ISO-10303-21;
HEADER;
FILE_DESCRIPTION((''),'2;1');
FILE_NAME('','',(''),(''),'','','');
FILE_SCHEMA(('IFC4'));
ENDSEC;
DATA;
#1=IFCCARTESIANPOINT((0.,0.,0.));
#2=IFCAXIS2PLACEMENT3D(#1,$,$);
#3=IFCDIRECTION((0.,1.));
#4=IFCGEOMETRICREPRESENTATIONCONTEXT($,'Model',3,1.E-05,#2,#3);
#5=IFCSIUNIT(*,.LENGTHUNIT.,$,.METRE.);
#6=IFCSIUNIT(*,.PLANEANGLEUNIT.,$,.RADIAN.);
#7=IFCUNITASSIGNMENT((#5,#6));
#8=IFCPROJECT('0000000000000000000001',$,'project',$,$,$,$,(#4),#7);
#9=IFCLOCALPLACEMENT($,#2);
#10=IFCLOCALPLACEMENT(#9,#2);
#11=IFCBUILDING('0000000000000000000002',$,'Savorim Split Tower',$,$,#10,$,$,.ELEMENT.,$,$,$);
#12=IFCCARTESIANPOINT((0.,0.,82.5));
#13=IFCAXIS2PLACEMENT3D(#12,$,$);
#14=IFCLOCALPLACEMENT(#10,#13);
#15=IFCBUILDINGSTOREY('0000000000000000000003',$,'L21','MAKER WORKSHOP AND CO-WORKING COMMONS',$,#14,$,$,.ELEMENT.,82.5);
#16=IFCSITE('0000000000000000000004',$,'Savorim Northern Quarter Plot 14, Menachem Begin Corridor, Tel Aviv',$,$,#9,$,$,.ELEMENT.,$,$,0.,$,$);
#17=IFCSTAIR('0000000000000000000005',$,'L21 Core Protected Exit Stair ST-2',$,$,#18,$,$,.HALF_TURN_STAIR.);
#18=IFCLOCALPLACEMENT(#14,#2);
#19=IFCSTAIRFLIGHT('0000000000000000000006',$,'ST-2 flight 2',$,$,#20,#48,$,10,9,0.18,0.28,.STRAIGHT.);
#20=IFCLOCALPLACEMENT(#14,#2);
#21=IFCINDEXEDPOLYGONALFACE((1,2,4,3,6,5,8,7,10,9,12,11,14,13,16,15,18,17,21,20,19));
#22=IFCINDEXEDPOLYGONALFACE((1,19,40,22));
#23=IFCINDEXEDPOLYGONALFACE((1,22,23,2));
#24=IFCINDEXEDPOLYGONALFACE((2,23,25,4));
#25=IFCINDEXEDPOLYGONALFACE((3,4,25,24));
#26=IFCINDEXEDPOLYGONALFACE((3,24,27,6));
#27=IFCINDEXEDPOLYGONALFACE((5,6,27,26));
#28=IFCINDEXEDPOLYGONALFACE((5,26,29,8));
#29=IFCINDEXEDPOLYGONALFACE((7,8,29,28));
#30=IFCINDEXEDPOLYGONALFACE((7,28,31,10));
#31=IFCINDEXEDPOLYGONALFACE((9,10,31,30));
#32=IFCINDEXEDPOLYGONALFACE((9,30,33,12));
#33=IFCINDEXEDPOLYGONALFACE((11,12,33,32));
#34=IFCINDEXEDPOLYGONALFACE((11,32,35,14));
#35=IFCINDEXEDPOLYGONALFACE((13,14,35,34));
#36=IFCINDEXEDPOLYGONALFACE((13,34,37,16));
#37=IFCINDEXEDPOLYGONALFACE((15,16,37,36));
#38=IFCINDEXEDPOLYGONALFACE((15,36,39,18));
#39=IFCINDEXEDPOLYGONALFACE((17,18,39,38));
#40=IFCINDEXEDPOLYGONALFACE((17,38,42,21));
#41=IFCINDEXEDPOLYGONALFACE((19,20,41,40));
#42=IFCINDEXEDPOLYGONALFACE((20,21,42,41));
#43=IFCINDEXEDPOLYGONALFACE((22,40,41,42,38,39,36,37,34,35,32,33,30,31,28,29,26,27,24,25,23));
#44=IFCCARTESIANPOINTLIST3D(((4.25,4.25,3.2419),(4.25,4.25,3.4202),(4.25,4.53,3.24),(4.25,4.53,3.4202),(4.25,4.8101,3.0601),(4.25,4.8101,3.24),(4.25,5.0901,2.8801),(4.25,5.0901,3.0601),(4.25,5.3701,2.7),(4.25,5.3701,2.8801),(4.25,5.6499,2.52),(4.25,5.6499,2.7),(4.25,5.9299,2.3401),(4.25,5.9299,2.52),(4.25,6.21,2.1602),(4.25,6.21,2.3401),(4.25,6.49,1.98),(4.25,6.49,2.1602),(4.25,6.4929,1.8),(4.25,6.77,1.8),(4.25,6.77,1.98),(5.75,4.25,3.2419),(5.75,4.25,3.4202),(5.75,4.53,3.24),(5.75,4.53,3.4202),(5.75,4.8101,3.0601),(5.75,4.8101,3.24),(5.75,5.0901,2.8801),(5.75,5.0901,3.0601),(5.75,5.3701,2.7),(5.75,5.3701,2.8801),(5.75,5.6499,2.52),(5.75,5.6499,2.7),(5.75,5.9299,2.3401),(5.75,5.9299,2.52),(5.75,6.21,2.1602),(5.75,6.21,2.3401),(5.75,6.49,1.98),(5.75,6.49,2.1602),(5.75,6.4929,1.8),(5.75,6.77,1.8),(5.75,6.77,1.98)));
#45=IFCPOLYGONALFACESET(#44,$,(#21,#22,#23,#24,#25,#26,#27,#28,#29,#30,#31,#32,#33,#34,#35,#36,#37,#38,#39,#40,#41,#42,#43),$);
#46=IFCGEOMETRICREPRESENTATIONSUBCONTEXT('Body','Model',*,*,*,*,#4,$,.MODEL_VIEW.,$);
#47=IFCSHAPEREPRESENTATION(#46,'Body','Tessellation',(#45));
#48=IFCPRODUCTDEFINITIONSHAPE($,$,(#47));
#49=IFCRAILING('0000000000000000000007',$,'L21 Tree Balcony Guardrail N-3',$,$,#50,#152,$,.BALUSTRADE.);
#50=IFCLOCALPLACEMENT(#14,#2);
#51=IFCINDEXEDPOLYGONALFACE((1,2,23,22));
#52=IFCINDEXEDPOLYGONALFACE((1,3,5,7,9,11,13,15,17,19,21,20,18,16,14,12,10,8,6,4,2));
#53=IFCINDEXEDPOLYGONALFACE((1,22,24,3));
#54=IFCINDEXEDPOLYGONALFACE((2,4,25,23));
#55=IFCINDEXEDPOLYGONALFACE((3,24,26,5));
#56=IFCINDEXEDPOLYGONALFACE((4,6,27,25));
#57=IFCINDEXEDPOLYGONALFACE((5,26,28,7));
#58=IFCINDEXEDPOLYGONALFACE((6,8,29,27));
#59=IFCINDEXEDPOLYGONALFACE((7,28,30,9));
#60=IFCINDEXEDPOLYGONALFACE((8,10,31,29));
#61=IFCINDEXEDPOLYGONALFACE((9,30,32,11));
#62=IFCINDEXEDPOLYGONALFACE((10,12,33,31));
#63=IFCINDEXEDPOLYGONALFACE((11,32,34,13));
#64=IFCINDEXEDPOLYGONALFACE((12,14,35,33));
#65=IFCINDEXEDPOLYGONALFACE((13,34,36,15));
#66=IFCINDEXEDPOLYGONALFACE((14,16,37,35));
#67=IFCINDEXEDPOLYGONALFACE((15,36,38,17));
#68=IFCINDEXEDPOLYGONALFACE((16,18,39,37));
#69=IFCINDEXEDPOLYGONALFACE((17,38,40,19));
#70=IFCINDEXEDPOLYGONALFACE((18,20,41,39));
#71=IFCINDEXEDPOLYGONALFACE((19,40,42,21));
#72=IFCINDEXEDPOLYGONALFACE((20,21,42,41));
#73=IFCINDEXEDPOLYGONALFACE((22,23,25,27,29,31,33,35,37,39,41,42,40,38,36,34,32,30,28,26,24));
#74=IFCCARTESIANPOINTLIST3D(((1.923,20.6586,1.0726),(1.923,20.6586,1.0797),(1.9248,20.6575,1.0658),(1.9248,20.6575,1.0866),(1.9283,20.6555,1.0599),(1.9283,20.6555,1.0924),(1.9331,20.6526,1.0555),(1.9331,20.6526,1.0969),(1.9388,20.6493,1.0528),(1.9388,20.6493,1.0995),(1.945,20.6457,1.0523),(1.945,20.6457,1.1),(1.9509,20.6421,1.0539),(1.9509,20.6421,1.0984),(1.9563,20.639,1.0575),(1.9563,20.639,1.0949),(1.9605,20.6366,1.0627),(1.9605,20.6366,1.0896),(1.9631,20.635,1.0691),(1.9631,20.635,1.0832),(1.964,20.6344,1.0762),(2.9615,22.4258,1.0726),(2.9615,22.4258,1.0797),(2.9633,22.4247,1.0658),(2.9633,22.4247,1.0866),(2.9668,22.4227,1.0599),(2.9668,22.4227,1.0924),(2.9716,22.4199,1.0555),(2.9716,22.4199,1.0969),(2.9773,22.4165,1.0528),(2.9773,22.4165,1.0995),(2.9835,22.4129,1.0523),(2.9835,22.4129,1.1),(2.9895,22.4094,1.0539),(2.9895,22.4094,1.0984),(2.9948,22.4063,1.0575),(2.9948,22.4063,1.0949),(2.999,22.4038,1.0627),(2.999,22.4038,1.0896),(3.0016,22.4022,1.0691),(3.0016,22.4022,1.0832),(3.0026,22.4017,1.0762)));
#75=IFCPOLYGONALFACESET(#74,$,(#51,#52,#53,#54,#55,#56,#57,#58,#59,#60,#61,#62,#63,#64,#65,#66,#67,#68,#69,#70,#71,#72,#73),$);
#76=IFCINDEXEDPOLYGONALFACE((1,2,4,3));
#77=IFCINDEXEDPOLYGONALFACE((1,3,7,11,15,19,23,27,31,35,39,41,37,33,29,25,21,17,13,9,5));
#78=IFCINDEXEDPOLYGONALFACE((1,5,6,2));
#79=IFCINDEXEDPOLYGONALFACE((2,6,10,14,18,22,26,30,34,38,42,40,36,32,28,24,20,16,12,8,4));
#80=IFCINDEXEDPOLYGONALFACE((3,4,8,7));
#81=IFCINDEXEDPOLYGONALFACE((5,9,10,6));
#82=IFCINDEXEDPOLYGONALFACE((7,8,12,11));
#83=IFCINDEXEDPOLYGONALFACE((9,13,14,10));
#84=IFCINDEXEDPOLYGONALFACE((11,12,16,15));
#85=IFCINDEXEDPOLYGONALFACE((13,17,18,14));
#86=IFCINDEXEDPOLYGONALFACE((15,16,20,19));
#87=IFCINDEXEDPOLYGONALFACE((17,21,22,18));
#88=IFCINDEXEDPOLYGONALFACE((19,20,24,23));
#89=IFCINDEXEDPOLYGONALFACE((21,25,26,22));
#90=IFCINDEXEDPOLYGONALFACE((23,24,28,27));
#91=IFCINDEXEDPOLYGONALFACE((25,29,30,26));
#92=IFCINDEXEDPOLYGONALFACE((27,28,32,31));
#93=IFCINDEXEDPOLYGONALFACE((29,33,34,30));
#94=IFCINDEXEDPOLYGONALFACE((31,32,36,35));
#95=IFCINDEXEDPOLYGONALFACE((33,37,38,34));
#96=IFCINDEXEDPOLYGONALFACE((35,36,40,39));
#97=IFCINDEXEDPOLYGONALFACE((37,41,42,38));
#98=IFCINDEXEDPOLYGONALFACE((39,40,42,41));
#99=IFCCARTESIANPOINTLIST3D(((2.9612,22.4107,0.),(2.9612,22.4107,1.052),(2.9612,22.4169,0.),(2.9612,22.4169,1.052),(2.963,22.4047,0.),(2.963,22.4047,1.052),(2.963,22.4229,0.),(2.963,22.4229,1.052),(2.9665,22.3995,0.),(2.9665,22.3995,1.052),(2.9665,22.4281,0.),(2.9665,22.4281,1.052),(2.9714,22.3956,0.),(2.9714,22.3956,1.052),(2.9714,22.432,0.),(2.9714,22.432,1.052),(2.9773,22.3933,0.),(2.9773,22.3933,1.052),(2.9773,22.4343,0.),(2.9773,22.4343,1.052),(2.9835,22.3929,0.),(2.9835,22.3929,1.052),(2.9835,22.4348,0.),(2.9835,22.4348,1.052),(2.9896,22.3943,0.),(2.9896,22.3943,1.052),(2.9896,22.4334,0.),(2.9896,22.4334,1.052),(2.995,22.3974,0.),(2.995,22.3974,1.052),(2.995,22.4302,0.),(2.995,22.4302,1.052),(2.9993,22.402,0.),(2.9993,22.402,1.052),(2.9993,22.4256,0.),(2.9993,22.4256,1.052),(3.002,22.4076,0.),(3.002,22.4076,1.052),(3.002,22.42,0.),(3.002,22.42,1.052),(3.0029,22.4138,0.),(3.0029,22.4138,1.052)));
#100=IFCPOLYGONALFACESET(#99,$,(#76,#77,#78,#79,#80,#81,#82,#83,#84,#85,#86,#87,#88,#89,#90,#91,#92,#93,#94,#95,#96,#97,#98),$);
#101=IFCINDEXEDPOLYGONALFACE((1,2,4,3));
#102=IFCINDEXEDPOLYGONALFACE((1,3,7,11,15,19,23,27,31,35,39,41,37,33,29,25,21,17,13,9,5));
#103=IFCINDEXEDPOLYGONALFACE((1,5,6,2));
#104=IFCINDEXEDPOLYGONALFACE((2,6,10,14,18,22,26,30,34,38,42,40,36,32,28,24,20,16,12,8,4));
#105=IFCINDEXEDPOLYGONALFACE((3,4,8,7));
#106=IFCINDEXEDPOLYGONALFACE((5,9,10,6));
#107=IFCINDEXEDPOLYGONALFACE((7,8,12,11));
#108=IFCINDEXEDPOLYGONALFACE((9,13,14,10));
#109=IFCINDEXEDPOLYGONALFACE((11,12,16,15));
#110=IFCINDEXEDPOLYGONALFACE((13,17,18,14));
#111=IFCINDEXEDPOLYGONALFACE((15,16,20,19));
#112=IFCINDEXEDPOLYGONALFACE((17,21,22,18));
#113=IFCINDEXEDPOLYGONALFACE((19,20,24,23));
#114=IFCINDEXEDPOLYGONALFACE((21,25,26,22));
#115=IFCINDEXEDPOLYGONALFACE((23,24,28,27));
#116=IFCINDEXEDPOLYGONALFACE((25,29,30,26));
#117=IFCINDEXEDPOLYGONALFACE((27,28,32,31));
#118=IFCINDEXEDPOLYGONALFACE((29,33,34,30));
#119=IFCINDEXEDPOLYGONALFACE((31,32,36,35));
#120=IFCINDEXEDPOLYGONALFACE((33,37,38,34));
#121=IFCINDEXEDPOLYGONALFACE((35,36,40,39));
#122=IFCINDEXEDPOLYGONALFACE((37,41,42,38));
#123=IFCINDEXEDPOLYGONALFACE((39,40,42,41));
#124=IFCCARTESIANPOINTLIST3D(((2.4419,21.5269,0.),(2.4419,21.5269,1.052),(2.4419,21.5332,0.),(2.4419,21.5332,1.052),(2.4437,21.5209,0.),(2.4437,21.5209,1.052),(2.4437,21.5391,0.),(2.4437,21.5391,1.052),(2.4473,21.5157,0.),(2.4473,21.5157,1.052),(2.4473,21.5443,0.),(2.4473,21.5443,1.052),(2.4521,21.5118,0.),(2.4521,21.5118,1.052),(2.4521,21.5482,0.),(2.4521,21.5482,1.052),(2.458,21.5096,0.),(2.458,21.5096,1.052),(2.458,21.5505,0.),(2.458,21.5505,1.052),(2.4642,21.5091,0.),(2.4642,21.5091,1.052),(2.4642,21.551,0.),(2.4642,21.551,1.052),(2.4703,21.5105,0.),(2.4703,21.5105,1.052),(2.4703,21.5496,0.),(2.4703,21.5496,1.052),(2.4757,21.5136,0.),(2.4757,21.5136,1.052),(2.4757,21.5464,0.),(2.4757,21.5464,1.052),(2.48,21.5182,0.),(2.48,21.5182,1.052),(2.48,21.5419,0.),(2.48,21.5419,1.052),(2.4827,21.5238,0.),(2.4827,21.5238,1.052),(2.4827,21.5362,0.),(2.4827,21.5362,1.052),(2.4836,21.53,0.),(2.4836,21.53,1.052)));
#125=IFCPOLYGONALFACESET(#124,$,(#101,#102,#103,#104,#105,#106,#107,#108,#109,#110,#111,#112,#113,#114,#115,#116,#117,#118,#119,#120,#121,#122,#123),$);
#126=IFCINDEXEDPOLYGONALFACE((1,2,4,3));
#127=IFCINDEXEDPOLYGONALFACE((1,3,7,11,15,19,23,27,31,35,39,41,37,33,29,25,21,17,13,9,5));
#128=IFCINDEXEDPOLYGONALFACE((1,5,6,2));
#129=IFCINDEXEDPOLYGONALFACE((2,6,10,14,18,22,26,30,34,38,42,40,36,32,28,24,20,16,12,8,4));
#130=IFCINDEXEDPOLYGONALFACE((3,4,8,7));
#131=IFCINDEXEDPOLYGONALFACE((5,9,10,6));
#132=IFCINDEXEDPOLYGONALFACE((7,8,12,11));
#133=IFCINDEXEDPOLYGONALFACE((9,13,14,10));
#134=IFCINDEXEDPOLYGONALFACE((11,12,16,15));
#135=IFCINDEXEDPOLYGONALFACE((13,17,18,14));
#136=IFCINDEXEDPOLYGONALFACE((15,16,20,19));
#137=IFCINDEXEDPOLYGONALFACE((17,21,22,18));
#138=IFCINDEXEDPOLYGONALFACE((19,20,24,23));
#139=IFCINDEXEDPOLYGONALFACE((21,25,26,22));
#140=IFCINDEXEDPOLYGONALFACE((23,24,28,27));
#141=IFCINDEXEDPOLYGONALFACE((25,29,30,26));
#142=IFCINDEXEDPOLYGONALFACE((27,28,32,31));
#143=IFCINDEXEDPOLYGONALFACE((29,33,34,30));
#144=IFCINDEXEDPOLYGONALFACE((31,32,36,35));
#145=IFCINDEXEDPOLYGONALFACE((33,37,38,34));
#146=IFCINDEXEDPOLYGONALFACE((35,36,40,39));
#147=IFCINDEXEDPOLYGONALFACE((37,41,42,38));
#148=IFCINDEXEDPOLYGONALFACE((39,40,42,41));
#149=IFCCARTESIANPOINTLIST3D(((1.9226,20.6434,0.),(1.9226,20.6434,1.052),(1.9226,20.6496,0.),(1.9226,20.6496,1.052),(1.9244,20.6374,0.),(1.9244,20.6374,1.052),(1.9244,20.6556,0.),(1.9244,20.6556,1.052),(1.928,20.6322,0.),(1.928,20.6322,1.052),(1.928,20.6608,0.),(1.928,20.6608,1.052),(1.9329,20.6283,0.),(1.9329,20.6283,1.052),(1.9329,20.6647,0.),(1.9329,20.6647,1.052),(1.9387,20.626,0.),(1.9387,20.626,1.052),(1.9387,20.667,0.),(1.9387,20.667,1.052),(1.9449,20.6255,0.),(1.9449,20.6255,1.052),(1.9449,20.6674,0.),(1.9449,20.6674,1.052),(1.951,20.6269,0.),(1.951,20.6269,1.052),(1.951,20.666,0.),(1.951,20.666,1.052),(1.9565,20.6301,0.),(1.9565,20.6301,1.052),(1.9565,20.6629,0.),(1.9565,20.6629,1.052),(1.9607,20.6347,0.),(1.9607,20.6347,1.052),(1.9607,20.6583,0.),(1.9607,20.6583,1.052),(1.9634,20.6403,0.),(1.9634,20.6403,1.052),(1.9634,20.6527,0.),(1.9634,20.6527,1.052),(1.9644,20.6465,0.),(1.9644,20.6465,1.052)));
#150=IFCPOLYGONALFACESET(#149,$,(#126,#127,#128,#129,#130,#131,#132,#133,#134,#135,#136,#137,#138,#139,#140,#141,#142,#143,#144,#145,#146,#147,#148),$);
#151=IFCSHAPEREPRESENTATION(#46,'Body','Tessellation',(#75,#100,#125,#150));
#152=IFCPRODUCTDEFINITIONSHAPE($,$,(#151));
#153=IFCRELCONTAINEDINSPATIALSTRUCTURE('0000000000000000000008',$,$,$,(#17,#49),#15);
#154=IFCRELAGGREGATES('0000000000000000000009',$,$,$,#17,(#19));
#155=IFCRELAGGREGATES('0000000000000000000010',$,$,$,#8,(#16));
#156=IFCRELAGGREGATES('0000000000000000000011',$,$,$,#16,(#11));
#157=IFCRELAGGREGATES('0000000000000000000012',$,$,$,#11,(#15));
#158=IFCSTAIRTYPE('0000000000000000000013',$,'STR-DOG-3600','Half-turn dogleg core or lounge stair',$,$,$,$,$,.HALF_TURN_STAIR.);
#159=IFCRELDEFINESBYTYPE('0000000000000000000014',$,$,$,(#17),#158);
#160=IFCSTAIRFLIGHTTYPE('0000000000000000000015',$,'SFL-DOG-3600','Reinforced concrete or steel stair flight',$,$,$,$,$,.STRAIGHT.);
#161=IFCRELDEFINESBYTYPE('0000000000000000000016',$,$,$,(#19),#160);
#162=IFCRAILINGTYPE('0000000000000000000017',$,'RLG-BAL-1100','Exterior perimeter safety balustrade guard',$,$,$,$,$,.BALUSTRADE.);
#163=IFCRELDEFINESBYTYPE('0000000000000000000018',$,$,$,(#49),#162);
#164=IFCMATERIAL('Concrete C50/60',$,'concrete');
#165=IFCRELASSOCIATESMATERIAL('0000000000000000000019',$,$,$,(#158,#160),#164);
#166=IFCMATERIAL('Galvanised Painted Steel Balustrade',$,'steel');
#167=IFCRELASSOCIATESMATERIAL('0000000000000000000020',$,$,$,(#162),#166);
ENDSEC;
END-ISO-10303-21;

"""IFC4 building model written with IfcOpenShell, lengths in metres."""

from ifc_helpers import new_model, si_unit, direction, frame, origin, origin_2d, place, context, subcontext, project, spatial, polyline, circle, outline, extrude, material, type_object, element, aggregate, save


model = new_model("IFC4")

# Units and contexts
model_context = context("Model", 3, precision=1e-05, world=origin(), true_north=direction((0.0, 1.0)))
body_context = subcontext(model_context, "Body", "Model", "MODEL_VIEW")
ifc_project = project(units=[si_unit("LENGTHUNIT", "METRE"), si_unit("PLANEANGLEUNIT", "RADIAN")], contexts=[model_context])

# Site, building, storey
site_placement = place(None, origin())
site = spatial("IfcSite", under=ifc_project, at=site_placement, Name="Savorim Northern Quarter Plot 14, Menachem Begin Corridor, Tel Aviv", CompositionType="ELEMENT", RefElevation=0.0)
building_placement = place(site_placement, origin())
building = spatial("IfcBuilding", under=site, at=building_placement, Name="Savorim Split Tower", CompositionType="ELEMENT")
storey_placement = place(building_placement, frame((0.0, 0.0, 82.5)))
storey = spatial("IfcBuildingStorey", under=building, at=storey_placement, Name="L21", Description="MAKER WORKSHOP AND CO-WORKING COMMONS", CompositionType="ELEMENT", Elevation=82.5)

# Stair, stair flight
ifc_material_1 = material(Name="Concrete C50/60", Category="concrete")
stair_type = type_object("IfcStairType", Name="STR-DOG-3600", Description="Half-turn dogleg core or lounge stair", PredefinedType="HALF_TURN_STAIR", material=ifc_material_1)
stair_placement = place(storey_placement, origin())
stair = element("IfcStair", 1, at=stair_placement, inside=storey, type_object=stair_type, Name="L21 Core Protected Exit Stair ST-2", PredefinedType="HALF_TURN_STAIR")
stair_flight_type = type_object("IfcStairFlightType", Name="SFL-DOG-3600", Description="Reinforced concrete or steel stair flight", PredefinedType="STRAIGHT", material=ifc_material_1)
stair_flight_placement = place(storey_placement, frame((5.0, 6.77, 1.8), z_axis=(0.0, 0.0, 1.0), x_axis=(0.0, -1.0, 0.0)))
stair_flight = element("IfcStairFlight", 2, at=stair_flight_placement, type_object=stair_flight_type, Name="ST-2 flight 2", NumberOfRisers=10, NumberOfTreads=9, PredefinedType="STRAIGHT", RiserHeight=0.18, TreadLength=0.28, context=body_context, shape_type="SweptSolid", body=[
    extrude(outline(polyline([(0.0, 0.0), (0.0, 0.1799), (0.28, 0.1799), (0.28, 0.3601), (0.5601, 0.3601), (0.5601, 0.54), (0.8401, 0.54), (0.8401, 0.72), (1.1201, 0.72), (1.1201, 0.8999), (1.3999, 0.8999), (1.3999, 1.0801), (1.6799, 1.0801), (1.6799, 1.26), (1.96, 1.26), (1.96, 1.4399), (2.24, 1.4399), (2.24, 1.6201), (2.52, 1.6201), (2.52, 1.8), (2.52, 1.4419), (0.2771, 0.0), (0.0, 0.0)])), frame((0.0, 0.75, 0.0), z_axis=(0.0, -1.0, 0.0), x_axis=(1.0, 0.0, 0.0)), (0.0, 0.0, 1.0), 1.5),
])
aggregate(stair, [stair_flight])

# Railing
ifc_material_2 = material(Name="Galvanised Painted Steel Balustrade", Category="steel")
railing_type_1 = type_object("IfcRailingType", Name="RLG-BAL-1100", Description="Exterior perimeter safety balustrade guard", PredefinedType="BALUSTRADE", material=ifc_material_2)
railing_1_placement = place(storey_placement, frame((2.9819, 22.4138, 0.0)))
element("IfcRailing", 3, at=railing_1_placement, inside=storey, type_object=railing_type_1, Name="L21 Tree Balcony Guardrail N-3", PredefinedType="BALUSTRADE", context=body_context, shape_type="SweptSolid", body=[
    extrude(circle(Radius=0.0239, at=origin_2d()), frame((0.0, 0.0, 1.0762), z_axis=(-0.506645, -0.862155, 0.0), x_axis=(0.862155, -0.506645, 0.0)), (0.0, 0.0, 1.0), 2.0498),
    extrude(circle(Radius=0.021, at=origin_2d()), origin(), (0.0, 0.0, 1.0), 1.052),
    extrude(circle(Radius=0.021, at=origin_2d()), frame((-0.5193, -0.8838, 0.0)), (0.0, 0.0, 1.0), 1.052),
    extrude(circle(Radius=0.021, at=origin_2d()), frame((-1.0386, -1.7673, 0.0)), (0.0, 0.0, 1.0), 1.052),
])

save(model, "model.ifc")
